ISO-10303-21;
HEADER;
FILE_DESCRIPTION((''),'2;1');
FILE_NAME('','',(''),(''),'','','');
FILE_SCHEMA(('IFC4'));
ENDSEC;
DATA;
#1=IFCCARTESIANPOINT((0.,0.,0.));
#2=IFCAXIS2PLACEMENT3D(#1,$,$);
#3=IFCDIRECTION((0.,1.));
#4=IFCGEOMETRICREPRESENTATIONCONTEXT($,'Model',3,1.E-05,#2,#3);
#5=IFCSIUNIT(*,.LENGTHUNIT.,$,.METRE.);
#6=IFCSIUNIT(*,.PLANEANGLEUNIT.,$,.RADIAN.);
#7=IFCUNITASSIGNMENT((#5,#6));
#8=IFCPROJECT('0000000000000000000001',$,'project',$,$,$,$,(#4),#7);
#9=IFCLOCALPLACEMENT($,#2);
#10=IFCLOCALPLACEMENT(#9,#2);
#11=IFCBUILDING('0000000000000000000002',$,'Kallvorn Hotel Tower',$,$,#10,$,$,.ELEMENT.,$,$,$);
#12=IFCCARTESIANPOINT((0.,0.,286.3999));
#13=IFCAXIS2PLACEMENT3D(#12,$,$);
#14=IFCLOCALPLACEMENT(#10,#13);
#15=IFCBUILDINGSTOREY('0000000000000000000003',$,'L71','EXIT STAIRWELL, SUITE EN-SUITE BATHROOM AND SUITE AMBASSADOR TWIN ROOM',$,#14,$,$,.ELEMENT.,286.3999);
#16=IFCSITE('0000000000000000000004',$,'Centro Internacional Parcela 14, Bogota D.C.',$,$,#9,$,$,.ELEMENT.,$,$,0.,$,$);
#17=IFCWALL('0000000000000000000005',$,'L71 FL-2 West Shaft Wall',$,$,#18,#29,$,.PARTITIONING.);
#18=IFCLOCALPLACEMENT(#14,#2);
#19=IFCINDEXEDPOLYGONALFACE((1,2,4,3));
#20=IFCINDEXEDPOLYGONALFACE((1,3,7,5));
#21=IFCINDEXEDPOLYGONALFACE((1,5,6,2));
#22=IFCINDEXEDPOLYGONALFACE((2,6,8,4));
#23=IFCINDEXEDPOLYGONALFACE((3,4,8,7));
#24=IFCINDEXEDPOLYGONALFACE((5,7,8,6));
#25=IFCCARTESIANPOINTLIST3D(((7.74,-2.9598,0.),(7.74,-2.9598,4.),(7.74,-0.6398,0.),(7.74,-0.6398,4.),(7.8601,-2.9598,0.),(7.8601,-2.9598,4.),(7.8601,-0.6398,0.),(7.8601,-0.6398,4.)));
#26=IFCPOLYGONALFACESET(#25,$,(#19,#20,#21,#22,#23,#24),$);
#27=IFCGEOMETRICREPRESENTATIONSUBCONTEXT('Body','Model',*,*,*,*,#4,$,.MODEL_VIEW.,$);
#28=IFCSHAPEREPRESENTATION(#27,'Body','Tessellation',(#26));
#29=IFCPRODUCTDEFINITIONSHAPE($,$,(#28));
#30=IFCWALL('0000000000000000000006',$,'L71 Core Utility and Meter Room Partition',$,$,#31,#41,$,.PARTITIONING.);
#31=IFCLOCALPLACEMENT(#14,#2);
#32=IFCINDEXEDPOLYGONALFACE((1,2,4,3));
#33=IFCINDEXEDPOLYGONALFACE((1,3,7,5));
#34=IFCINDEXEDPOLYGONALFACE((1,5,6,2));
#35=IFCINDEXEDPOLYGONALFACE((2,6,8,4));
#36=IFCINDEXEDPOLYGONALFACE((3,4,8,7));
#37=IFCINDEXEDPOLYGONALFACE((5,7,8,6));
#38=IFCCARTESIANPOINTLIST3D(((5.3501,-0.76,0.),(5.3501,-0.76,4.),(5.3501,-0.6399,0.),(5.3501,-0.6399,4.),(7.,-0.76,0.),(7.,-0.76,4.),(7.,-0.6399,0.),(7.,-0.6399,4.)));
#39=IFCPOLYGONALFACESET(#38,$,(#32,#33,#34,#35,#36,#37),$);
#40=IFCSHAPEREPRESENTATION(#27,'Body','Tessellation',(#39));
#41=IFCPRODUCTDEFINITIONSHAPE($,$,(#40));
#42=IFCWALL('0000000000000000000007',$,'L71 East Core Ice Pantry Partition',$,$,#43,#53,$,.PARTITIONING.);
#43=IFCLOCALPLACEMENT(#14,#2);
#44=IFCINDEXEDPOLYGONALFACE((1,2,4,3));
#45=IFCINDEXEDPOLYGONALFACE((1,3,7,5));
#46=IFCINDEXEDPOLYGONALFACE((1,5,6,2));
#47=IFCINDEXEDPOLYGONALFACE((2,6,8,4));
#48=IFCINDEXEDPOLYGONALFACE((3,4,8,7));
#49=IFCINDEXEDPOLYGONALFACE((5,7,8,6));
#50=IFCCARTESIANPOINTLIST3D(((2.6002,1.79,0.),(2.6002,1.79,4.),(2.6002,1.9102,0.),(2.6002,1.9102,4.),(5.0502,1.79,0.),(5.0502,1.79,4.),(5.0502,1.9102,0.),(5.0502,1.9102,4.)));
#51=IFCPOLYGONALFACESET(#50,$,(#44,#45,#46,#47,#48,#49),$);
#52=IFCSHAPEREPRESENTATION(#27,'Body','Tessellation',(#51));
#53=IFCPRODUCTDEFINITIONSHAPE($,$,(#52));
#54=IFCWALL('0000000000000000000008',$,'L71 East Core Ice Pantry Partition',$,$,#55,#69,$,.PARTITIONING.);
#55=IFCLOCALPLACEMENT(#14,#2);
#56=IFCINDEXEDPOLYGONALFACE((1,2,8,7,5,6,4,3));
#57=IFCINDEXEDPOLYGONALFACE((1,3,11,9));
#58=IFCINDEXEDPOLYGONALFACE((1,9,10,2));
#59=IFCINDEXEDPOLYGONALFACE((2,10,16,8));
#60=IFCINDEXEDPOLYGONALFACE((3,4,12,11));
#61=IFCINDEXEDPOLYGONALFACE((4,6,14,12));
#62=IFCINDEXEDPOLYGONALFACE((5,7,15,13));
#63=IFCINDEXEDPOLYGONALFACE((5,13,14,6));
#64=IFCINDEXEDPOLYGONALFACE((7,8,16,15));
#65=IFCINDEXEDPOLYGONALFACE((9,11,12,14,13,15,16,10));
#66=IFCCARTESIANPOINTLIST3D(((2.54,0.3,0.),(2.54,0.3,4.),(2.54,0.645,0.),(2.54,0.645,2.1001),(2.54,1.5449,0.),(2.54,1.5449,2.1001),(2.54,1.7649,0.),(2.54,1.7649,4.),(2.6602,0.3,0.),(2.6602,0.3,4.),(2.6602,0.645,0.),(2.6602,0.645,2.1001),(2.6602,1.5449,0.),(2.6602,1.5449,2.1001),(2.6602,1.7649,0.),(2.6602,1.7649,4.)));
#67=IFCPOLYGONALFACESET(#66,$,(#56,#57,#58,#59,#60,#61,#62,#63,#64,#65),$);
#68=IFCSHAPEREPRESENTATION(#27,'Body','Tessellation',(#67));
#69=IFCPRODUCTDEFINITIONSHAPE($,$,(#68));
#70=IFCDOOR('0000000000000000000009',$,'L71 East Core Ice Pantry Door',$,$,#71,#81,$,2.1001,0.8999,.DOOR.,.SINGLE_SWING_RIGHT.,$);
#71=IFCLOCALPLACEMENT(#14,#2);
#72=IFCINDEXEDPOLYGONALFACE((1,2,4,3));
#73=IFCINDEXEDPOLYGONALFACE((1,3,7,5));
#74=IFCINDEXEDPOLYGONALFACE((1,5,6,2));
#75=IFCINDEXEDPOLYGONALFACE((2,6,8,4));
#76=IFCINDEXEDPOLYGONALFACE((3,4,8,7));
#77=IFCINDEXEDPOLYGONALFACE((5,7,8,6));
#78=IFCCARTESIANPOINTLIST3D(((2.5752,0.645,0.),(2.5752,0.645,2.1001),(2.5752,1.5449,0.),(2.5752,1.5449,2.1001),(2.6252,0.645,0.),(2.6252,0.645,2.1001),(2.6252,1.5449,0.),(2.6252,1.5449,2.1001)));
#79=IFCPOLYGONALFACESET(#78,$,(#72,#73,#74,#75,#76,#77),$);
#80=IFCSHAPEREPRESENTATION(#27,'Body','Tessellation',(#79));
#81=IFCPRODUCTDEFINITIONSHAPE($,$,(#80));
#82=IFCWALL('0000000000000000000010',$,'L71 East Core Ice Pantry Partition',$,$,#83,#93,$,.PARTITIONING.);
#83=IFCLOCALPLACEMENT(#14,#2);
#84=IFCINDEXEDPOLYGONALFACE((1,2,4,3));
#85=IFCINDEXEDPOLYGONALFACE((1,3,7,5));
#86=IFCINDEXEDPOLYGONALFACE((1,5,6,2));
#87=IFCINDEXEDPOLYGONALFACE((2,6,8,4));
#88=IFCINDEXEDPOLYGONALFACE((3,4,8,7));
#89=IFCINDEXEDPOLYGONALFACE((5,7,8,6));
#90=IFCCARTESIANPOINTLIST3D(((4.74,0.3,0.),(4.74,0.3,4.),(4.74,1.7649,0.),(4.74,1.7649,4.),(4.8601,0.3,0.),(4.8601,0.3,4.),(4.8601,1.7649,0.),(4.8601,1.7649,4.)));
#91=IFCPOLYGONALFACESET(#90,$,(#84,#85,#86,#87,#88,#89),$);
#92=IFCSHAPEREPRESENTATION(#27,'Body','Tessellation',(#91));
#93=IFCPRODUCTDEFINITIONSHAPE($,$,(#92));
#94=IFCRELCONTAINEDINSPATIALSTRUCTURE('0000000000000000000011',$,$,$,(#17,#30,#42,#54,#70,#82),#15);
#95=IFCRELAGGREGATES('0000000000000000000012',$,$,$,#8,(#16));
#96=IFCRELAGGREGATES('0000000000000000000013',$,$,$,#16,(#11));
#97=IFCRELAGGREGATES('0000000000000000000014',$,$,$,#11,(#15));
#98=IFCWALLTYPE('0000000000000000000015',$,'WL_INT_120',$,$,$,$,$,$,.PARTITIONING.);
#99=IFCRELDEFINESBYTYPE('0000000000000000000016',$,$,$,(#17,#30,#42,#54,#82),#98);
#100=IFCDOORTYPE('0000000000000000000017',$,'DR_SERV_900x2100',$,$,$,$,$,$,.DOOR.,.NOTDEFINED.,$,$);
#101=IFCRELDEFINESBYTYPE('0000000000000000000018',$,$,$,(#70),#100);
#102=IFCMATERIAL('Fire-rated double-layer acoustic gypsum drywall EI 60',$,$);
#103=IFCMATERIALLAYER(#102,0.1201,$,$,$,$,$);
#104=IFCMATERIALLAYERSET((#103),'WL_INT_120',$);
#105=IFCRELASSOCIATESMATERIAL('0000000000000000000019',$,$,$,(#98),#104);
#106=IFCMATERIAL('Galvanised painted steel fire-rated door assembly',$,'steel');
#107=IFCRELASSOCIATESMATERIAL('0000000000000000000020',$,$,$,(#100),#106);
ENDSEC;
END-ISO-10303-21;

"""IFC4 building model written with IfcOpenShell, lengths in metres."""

from ifc_helpers import new_model, si_unit, direction, frame, frame_2d, origin, place, context, subcontext, project, spatial, rectangle, extrude, material, layer, layer_set, type_object, element, fill, save


model = new_model("IFC4")

# Units and contexts
model_context = context("Model", 3, precision=1e-05, world=origin(), true_north=direction((0.0, 1.0)))
body_context = subcontext(model_context, "Body", "Model", "MODEL_VIEW")
ifc_project = project(units=[si_unit("LENGTHUNIT", "METRE"), si_unit("PLANEANGLEUNIT", "RADIAN")], contexts=[model_context])

# Site, building, storey
site_placement = place(None, origin())
site = spatial("IfcSite", under=ifc_project, at=site_placement, Name="Centro Internacional Parcela 14, Bogota D.C.", CompositionType="ELEMENT", RefElevation=0.0)
building_placement = place(site_placement, origin())
building = spatial("IfcBuilding", under=site, at=building_placement, Name="Kallvorn Hotel Tower", CompositionType="ELEMENT")
storey_placement = place(building_placement, frame((0.0, 0.0, 286.3999)))
storey = spatial("IfcBuildingStorey", under=building, at=storey_placement, Name="L71", Description="EXIT STAIRWELL, SUITE EN-SUITE BATHROOM AND SUITE AMBASSADOR TWIN ROOM", CompositionType="ELEMENT", Elevation=286.3999)

# Walls
ifc_material_1 = material(Name="Fire-rated double-layer acoustic gypsum drywall EI 60")
ifc_layer_1 = layer(ifc_material_1, 0.1201)
ifc_layer_set_1 = layer_set([ifc_layer_1], Name="WL_INT_120")
wall_type_1 = type_object("IfcWallType", Name="WL_INT_120", PredefinedType="PARTITIONING", material=ifc_layer_set_1)
wall_1_placement = place(storey_placement, frame((7.8, -2.96, 0.0), z_axis=(0.0, 0.0, 1.0), x_axis=(0.0, 1.0, 0.0)))
element("IfcWall", 1, at=wall_1_placement, inside=storey, type_object=wall_type_1, Name="L71 FL-2 West Shaft Wall", PredefinedType="PARTITIONING", context=body_context, shape_type="SweptSolid", body=[
    extrude(rectangle(XDim=2.3201, YDim=0.1201, at=frame_2d((1.1602, 0.0))), origin(), (0.0, 0.0, 1.0), 4.0),
])
wall_2_placement = place(storey_placement, frame((5.3501, -0.7, 0.0), z_axis=(0.0, 0.0, 1.0), x_axis=(1.0, 0.0, 0.0)))
element("IfcWall", 2, at=wall_2_placement, inside=storey, type_object=wall_type_1, Name="L71 Core Utility and Meter Room Partition", PredefinedType="PARTITIONING", context=body_context, shape_type="SweptSolid", body=[
    extrude(rectangle(XDim=1.6499, YDim=0.1201, at=frame_2d((0.825, 0.0))), origin(), (0.0, 0.0, 1.0), 4.0),
])
wall_3_placement = place(storey_placement, frame((2.6001, 1.8501, 0.0), z_axis=(0.0, 0.0, 1.0), x_axis=(1.0, 0.0, 0.0)))
element("IfcWall", 3, at=wall_3_placement, inside=storey, type_object=wall_type_1, Name="L71 East Core Ice Pantry Partition", PredefinedType="PARTITIONING", context=body_context, shape_type="SweptSolid", body=[
    extrude(rectangle(XDim=2.45, YDim=0.1201, at=frame_2d((1.2251, 0.0))), origin(), (0.0, 0.0, 1.0), 4.0),
])

# Wall, opening, door
wall_4_placement = place(storey_placement, frame((2.6001, 0.3, 0.0), z_axis=(0.0, 0.0, 1.0), x_axis=(0.0, 1.0, 0.0)))
wall_4 = element("IfcWall", 4, at=wall_4_placement, inside=storey, type_object=wall_type_1, Name="L71 East Core Ice Pantry Partition", PredefinedType="PARTITIONING", context=body_context, shape_type="SweptSolid", body=[
    extrude(rectangle(XDim=1.4648, YDim=0.1201, at=frame_2d((0.7324, 0.0))), origin(), (0.0, 0.0, 1.0), 4.0),
])
opening_1_placement = place(wall_4_placement, frame((0.345, 0.0, 0.0)))
opening_1 = element("IfcOpeningElement", 5, at=opening_1_placement, cuts=wall_4, PredefinedType="OPENING", context=body_context, shape_type="SweptSolid", body=[
    extrude(rectangle(XDim=0.8999, YDim=2.1001, at=frame_2d((0.45, 1.05))), frame((0.0, 0.075, 0.0), z_axis=(0.0, -1.0, 0.0), x_axis=(1.0, 0.0, 0.0)), (0.0, 0.0, 1.0), 0.1501),
])
ifc_material_2 = material(Name="Galvanised painted steel fire-rated door assembly", Category="steel")
door_type_1 = type_object("IfcDoorType", Name="DR_SERV_900x2100", OperationType="NOTDEFINED", PredefinedType="DOOR", material=ifc_material_2)
door_1_placement = place(opening_1_placement, origin())
door_1 = element("IfcDoor", 6, at=door_1_placement, inside=storey, type_object=door_type_1, Name="L71 East Core Ice Pantry Door", OperationType="SINGLE_SWING_RIGHT", OverallHeight=2.1001, OverallWidth=0.8999, PredefinedType="DOOR", context=body_context, shape_type="SweptSolid", body=[
    extrude(rectangle(XDim=0.8999, YDim=2.1001, at=frame_2d((0.45, 1.05))), frame((0.0, 0.0249, 0.0), z_axis=(0.0, -1.0, 0.0), x_axis=(1.0, 0.0, 0.0)), (0.0, 0.0, 1.0), 0.05),
])
fill(opening_1, door_1)

# Wall
wall_5_placement = place(storey_placement, frame((4.8, 0.3, 0.0), z_axis=(0.0, 0.0, 1.0), x_axis=(0.0, 1.0, 0.0)))
element("IfcWall", 7, at=wall_5_placement, inside=storey, type_object=wall_type_1, Name="L71 East Core Ice Pantry Partition", PredefinedType="PARTITIONING", context=body_context, shape_type="SweptSolid", body=[
    extrude(rectangle(XDim=1.4648, YDim=0.1201, at=frame_2d((0.7324, 0.0))), origin(), (0.0, 0.0, 1.0), 4.0),
])

save(model, "model.ifc")
